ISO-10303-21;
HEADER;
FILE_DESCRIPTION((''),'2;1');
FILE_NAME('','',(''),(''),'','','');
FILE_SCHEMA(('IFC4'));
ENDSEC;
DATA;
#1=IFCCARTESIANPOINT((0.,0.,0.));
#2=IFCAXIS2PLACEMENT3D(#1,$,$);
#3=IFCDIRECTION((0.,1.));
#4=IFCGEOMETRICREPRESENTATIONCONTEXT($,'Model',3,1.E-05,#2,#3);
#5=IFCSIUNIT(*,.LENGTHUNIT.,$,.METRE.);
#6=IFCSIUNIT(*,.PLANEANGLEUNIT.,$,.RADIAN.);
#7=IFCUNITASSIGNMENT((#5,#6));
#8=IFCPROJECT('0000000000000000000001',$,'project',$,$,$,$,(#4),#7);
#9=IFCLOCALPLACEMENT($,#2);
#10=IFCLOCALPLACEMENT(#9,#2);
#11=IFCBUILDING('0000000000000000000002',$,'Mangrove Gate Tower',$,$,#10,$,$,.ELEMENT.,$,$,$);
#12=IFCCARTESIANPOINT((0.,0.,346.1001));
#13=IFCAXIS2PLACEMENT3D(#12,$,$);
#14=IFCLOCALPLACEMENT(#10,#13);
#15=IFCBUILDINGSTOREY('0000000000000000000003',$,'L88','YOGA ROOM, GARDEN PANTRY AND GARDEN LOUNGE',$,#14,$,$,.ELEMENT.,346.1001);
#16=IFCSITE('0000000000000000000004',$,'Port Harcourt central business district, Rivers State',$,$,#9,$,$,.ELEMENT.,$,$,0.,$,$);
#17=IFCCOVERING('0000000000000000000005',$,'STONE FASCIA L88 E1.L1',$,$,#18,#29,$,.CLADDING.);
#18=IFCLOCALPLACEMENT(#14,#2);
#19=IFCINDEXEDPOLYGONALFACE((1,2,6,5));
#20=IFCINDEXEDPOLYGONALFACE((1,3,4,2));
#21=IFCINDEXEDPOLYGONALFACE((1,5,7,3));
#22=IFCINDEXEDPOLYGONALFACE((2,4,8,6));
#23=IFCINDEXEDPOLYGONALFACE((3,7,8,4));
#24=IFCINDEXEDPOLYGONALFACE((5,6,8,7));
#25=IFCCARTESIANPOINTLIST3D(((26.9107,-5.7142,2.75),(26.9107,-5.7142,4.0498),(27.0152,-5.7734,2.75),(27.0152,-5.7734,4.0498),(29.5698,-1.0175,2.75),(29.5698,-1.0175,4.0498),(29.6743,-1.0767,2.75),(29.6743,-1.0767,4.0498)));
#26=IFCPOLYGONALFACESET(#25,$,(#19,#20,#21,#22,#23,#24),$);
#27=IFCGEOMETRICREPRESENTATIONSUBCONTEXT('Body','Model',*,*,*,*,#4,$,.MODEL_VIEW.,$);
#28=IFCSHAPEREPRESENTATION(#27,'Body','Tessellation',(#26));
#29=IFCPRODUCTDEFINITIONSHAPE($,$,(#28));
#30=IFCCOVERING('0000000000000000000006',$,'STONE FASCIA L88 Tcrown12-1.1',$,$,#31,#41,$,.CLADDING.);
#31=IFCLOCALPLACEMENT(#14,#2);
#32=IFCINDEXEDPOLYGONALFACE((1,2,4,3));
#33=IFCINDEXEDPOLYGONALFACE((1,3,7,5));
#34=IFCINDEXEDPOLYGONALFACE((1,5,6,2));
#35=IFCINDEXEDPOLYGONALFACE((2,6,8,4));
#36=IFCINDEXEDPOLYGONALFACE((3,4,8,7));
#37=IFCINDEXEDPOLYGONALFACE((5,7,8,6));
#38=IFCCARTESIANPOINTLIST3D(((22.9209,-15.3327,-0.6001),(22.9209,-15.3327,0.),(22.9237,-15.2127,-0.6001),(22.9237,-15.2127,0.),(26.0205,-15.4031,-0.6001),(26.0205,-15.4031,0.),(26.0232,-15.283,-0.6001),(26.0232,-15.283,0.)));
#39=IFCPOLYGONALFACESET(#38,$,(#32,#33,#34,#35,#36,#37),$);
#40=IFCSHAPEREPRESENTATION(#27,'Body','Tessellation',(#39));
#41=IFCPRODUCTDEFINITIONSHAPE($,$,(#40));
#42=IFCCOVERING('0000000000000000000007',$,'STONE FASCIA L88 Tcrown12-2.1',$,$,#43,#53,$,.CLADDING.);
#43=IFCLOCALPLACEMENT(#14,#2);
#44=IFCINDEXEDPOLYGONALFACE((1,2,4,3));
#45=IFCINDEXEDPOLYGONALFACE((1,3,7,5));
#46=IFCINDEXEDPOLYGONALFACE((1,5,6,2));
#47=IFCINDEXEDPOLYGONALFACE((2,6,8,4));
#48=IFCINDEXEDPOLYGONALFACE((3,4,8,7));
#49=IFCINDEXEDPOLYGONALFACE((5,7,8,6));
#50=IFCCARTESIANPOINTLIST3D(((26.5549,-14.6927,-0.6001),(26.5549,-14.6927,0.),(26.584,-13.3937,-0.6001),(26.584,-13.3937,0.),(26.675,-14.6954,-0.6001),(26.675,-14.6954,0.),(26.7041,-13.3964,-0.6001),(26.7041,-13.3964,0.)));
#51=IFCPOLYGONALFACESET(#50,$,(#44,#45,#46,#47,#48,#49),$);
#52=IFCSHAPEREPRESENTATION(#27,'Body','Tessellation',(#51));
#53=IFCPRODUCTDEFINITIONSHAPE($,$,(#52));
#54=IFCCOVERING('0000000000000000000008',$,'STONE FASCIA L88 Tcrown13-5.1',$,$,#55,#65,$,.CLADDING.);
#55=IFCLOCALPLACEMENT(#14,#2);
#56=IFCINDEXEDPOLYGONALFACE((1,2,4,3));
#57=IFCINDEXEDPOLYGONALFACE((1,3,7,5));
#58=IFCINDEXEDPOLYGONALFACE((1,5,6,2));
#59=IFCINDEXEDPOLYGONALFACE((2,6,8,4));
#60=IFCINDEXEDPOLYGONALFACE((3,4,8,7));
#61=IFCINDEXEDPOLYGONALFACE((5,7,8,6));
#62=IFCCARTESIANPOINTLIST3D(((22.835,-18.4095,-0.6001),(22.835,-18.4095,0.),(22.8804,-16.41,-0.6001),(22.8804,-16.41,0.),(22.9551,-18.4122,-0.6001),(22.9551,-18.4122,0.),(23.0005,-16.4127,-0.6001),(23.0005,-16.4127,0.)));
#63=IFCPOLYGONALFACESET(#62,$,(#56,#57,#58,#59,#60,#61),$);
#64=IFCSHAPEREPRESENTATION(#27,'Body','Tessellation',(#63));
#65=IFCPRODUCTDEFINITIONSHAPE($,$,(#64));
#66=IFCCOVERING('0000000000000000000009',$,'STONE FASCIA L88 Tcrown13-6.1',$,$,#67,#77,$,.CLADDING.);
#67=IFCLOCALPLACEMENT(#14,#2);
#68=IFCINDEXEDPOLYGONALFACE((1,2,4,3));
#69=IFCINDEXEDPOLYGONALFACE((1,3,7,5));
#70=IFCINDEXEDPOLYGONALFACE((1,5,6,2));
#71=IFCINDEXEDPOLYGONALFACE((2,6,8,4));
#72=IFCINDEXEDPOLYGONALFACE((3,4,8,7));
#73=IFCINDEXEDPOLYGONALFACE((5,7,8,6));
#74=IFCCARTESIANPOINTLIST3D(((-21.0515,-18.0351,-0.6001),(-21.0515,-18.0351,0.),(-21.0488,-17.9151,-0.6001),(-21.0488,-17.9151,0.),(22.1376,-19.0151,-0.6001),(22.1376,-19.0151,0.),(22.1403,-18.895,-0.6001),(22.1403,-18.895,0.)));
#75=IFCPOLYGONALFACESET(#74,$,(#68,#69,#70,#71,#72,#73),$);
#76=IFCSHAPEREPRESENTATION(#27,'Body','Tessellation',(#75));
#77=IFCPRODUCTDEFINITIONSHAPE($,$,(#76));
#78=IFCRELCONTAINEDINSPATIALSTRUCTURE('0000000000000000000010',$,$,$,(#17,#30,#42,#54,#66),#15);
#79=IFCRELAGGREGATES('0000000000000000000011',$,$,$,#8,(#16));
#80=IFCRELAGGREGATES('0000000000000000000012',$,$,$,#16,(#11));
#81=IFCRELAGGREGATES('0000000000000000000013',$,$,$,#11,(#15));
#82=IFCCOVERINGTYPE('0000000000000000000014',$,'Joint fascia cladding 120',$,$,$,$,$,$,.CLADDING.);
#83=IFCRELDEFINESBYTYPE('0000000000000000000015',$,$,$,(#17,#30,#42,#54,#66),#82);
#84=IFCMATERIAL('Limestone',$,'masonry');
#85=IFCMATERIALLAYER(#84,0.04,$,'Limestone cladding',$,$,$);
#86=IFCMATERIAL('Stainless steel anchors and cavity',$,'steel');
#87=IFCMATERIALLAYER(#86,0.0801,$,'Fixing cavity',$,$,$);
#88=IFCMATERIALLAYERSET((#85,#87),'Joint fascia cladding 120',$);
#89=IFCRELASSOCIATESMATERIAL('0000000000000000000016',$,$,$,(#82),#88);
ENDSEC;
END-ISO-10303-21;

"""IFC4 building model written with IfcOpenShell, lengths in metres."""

from ifc_helpers import new_model, si_unit, direction, frame, frame_2d, origin, place, context, subcontext, project, spatial, rectangle, extrude, material, layer, layer_set, type_object, element, save


model = new_model("IFC4")

# Units and contexts
model_context = context("Model", 3, precision=1e-05, world=origin(), true_north=direction((0.0, 1.0)))
body_context = subcontext(model_context, "Body", "Model", "MODEL_VIEW")
ifc_project = project(units=[si_unit("LENGTHUNIT", "METRE"), si_unit("PLANEANGLEUNIT", "RADIAN")], contexts=[model_context])

# Site, building, storey
site_placement = place(None, origin())
site = spatial("IfcSite", under=ifc_project, at=site_placement, Name="Port Harcourt central business district, Rivers State", CompositionType="ELEMENT", RefElevation=0.0)
building_placement = place(site_placement, origin())
building = spatial("IfcBuilding", under=site, at=building_placement, Name="Mangrove Gate Tower", CompositionType="ELEMENT")
storey_placement = place(building_placement, frame((0.0, 0.0, 346.1001)))
storey = spatial("IfcBuildingStorey", under=building, at=storey_placement, Name="L88", Description="YOGA ROOM, GARDEN PANTRY AND GARDEN LOUNGE", CompositionType="ELEMENT", Elevation=346.1001)

# Shared definitions
ifc_material_1 = material(Name="Limestone", Category="masonry")

# Coverings
ifc_layer_1 = layer(ifc_material_1, 0.04, Name="Limestone cladding")
ifc_material_2 = material(Name="Stainless steel anchors and cavity", Category="steel")
ifc_layer_2 = layer(ifc_material_2, 0.0801, Name="Fixing cavity")
ifc_layer_set_1 = layer_set([ifc_layer_1, ifc_layer_2], Name="Joint fascia cladding 120")
covering_type = type_object("IfcCoveringType", Name="Joint fascia cladding 120", PredefinedType="CLADDING", material=ifc_layer_set_1)
covering_1_placement = place(storey_placement, frame((26.9629, -5.7439, 2.75), z_axis=(0.0, 0.0, 1.0), x_axis=(0.492686, 0.870207, 0.0)))
element("IfcCovering", 1, at=covering_1_placement, inside=storey, type_object=covering_type, Name="STONE FASCIA L88 E1.L1", PredefinedType="CLADDING", context=body_context, shape_type="SweptSolid", body=[
    extrude(rectangle(XDim=5.3972, YDim=0.1201, at=frame_2d((2.6987, 0.0))), origin(), (0.0, 0.0, 1.0), 1.2998),
])
covering_2_placement = place(storey_placement, frame((26.022, -15.343, -0.6001), z_axis=(0.0, 0.0, 1.0), x_axis=(-0.999743, 0.022678, 0.0)))
element("IfcCovering", 2, at=covering_2_placement, inside=storey, type_object=covering_type, Name="STONE FASCIA L88 Tcrown12-1.1", PredefinedType="CLADDING", context=body_context, shape_type="SweptSolid", body=[
    extrude(rectangle(XDim=3.1003, YDim=0.1201, at=frame_2d((1.5503, 0.0))), origin(), (0.0, 0.0, 1.0), 0.6001),
])
covering_3_placement = place(storey_placement, frame((26.644, -13.395, -0.6001), z_axis=(0.0, 0.0, 1.0), x_axis=(-0.022359, -0.99975, 0.0)))
element("IfcCovering", 3, at=covering_3_placement, inside=storey, type_object=covering_type, Name="STONE FASCIA L88 Tcrown12-2.1", PredefinedType="CLADDING", context=body_context, shape_type="SweptSolid", body=[
    extrude(rectangle(XDim=1.2993, YDim=0.1201, at=frame_2d((0.6497, 0.0))), origin(), (0.0, 0.0, 1.0), 0.6001),
])
covering_4_placement = place(storey_placement, frame((22.9404, -16.4114, -0.6001), z_axis=(0.0, 0.0, 1.0), x_axis=(-0.022705, -0.999742, 0.0)))
element("IfcCovering", 4, at=covering_4_placement, inside=storey, type_object=covering_type, Name="STONE FASCIA L88 Tcrown13-5.1", PredefinedType="CLADDING", context=body_context, shape_type="SweptSolid", body=[
    extrude(rectangle(XDim=2.0, YDim=0.1201, at=frame_2d((1.0, 0.0))), origin(), (0.0, 0.0, 1.0), 0.6001),
])
covering_5_placement = place(storey_placement, frame((22.1389, -18.9551, -0.6001), z_axis=(0.0, 0.0, 1.0), x_axis=(-0.999743, 0.022685, 0.0)))
element("IfcCovering", 5, at=covering_5_placement, inside=storey, type_object=covering_type, Name="STONE FASCIA L88 Tcrown13-6.1", PredefinedType="CLADDING", context=body_context, shape_type="SweptSolid", body=[
    extrude(rectangle(XDim=43.2002, YDim=0.1201, at=frame_2d((21.6001, 0.0))), origin(), (0.0, 0.0, 1.0), 0.6001),
])

save(model, "model.ifc")
